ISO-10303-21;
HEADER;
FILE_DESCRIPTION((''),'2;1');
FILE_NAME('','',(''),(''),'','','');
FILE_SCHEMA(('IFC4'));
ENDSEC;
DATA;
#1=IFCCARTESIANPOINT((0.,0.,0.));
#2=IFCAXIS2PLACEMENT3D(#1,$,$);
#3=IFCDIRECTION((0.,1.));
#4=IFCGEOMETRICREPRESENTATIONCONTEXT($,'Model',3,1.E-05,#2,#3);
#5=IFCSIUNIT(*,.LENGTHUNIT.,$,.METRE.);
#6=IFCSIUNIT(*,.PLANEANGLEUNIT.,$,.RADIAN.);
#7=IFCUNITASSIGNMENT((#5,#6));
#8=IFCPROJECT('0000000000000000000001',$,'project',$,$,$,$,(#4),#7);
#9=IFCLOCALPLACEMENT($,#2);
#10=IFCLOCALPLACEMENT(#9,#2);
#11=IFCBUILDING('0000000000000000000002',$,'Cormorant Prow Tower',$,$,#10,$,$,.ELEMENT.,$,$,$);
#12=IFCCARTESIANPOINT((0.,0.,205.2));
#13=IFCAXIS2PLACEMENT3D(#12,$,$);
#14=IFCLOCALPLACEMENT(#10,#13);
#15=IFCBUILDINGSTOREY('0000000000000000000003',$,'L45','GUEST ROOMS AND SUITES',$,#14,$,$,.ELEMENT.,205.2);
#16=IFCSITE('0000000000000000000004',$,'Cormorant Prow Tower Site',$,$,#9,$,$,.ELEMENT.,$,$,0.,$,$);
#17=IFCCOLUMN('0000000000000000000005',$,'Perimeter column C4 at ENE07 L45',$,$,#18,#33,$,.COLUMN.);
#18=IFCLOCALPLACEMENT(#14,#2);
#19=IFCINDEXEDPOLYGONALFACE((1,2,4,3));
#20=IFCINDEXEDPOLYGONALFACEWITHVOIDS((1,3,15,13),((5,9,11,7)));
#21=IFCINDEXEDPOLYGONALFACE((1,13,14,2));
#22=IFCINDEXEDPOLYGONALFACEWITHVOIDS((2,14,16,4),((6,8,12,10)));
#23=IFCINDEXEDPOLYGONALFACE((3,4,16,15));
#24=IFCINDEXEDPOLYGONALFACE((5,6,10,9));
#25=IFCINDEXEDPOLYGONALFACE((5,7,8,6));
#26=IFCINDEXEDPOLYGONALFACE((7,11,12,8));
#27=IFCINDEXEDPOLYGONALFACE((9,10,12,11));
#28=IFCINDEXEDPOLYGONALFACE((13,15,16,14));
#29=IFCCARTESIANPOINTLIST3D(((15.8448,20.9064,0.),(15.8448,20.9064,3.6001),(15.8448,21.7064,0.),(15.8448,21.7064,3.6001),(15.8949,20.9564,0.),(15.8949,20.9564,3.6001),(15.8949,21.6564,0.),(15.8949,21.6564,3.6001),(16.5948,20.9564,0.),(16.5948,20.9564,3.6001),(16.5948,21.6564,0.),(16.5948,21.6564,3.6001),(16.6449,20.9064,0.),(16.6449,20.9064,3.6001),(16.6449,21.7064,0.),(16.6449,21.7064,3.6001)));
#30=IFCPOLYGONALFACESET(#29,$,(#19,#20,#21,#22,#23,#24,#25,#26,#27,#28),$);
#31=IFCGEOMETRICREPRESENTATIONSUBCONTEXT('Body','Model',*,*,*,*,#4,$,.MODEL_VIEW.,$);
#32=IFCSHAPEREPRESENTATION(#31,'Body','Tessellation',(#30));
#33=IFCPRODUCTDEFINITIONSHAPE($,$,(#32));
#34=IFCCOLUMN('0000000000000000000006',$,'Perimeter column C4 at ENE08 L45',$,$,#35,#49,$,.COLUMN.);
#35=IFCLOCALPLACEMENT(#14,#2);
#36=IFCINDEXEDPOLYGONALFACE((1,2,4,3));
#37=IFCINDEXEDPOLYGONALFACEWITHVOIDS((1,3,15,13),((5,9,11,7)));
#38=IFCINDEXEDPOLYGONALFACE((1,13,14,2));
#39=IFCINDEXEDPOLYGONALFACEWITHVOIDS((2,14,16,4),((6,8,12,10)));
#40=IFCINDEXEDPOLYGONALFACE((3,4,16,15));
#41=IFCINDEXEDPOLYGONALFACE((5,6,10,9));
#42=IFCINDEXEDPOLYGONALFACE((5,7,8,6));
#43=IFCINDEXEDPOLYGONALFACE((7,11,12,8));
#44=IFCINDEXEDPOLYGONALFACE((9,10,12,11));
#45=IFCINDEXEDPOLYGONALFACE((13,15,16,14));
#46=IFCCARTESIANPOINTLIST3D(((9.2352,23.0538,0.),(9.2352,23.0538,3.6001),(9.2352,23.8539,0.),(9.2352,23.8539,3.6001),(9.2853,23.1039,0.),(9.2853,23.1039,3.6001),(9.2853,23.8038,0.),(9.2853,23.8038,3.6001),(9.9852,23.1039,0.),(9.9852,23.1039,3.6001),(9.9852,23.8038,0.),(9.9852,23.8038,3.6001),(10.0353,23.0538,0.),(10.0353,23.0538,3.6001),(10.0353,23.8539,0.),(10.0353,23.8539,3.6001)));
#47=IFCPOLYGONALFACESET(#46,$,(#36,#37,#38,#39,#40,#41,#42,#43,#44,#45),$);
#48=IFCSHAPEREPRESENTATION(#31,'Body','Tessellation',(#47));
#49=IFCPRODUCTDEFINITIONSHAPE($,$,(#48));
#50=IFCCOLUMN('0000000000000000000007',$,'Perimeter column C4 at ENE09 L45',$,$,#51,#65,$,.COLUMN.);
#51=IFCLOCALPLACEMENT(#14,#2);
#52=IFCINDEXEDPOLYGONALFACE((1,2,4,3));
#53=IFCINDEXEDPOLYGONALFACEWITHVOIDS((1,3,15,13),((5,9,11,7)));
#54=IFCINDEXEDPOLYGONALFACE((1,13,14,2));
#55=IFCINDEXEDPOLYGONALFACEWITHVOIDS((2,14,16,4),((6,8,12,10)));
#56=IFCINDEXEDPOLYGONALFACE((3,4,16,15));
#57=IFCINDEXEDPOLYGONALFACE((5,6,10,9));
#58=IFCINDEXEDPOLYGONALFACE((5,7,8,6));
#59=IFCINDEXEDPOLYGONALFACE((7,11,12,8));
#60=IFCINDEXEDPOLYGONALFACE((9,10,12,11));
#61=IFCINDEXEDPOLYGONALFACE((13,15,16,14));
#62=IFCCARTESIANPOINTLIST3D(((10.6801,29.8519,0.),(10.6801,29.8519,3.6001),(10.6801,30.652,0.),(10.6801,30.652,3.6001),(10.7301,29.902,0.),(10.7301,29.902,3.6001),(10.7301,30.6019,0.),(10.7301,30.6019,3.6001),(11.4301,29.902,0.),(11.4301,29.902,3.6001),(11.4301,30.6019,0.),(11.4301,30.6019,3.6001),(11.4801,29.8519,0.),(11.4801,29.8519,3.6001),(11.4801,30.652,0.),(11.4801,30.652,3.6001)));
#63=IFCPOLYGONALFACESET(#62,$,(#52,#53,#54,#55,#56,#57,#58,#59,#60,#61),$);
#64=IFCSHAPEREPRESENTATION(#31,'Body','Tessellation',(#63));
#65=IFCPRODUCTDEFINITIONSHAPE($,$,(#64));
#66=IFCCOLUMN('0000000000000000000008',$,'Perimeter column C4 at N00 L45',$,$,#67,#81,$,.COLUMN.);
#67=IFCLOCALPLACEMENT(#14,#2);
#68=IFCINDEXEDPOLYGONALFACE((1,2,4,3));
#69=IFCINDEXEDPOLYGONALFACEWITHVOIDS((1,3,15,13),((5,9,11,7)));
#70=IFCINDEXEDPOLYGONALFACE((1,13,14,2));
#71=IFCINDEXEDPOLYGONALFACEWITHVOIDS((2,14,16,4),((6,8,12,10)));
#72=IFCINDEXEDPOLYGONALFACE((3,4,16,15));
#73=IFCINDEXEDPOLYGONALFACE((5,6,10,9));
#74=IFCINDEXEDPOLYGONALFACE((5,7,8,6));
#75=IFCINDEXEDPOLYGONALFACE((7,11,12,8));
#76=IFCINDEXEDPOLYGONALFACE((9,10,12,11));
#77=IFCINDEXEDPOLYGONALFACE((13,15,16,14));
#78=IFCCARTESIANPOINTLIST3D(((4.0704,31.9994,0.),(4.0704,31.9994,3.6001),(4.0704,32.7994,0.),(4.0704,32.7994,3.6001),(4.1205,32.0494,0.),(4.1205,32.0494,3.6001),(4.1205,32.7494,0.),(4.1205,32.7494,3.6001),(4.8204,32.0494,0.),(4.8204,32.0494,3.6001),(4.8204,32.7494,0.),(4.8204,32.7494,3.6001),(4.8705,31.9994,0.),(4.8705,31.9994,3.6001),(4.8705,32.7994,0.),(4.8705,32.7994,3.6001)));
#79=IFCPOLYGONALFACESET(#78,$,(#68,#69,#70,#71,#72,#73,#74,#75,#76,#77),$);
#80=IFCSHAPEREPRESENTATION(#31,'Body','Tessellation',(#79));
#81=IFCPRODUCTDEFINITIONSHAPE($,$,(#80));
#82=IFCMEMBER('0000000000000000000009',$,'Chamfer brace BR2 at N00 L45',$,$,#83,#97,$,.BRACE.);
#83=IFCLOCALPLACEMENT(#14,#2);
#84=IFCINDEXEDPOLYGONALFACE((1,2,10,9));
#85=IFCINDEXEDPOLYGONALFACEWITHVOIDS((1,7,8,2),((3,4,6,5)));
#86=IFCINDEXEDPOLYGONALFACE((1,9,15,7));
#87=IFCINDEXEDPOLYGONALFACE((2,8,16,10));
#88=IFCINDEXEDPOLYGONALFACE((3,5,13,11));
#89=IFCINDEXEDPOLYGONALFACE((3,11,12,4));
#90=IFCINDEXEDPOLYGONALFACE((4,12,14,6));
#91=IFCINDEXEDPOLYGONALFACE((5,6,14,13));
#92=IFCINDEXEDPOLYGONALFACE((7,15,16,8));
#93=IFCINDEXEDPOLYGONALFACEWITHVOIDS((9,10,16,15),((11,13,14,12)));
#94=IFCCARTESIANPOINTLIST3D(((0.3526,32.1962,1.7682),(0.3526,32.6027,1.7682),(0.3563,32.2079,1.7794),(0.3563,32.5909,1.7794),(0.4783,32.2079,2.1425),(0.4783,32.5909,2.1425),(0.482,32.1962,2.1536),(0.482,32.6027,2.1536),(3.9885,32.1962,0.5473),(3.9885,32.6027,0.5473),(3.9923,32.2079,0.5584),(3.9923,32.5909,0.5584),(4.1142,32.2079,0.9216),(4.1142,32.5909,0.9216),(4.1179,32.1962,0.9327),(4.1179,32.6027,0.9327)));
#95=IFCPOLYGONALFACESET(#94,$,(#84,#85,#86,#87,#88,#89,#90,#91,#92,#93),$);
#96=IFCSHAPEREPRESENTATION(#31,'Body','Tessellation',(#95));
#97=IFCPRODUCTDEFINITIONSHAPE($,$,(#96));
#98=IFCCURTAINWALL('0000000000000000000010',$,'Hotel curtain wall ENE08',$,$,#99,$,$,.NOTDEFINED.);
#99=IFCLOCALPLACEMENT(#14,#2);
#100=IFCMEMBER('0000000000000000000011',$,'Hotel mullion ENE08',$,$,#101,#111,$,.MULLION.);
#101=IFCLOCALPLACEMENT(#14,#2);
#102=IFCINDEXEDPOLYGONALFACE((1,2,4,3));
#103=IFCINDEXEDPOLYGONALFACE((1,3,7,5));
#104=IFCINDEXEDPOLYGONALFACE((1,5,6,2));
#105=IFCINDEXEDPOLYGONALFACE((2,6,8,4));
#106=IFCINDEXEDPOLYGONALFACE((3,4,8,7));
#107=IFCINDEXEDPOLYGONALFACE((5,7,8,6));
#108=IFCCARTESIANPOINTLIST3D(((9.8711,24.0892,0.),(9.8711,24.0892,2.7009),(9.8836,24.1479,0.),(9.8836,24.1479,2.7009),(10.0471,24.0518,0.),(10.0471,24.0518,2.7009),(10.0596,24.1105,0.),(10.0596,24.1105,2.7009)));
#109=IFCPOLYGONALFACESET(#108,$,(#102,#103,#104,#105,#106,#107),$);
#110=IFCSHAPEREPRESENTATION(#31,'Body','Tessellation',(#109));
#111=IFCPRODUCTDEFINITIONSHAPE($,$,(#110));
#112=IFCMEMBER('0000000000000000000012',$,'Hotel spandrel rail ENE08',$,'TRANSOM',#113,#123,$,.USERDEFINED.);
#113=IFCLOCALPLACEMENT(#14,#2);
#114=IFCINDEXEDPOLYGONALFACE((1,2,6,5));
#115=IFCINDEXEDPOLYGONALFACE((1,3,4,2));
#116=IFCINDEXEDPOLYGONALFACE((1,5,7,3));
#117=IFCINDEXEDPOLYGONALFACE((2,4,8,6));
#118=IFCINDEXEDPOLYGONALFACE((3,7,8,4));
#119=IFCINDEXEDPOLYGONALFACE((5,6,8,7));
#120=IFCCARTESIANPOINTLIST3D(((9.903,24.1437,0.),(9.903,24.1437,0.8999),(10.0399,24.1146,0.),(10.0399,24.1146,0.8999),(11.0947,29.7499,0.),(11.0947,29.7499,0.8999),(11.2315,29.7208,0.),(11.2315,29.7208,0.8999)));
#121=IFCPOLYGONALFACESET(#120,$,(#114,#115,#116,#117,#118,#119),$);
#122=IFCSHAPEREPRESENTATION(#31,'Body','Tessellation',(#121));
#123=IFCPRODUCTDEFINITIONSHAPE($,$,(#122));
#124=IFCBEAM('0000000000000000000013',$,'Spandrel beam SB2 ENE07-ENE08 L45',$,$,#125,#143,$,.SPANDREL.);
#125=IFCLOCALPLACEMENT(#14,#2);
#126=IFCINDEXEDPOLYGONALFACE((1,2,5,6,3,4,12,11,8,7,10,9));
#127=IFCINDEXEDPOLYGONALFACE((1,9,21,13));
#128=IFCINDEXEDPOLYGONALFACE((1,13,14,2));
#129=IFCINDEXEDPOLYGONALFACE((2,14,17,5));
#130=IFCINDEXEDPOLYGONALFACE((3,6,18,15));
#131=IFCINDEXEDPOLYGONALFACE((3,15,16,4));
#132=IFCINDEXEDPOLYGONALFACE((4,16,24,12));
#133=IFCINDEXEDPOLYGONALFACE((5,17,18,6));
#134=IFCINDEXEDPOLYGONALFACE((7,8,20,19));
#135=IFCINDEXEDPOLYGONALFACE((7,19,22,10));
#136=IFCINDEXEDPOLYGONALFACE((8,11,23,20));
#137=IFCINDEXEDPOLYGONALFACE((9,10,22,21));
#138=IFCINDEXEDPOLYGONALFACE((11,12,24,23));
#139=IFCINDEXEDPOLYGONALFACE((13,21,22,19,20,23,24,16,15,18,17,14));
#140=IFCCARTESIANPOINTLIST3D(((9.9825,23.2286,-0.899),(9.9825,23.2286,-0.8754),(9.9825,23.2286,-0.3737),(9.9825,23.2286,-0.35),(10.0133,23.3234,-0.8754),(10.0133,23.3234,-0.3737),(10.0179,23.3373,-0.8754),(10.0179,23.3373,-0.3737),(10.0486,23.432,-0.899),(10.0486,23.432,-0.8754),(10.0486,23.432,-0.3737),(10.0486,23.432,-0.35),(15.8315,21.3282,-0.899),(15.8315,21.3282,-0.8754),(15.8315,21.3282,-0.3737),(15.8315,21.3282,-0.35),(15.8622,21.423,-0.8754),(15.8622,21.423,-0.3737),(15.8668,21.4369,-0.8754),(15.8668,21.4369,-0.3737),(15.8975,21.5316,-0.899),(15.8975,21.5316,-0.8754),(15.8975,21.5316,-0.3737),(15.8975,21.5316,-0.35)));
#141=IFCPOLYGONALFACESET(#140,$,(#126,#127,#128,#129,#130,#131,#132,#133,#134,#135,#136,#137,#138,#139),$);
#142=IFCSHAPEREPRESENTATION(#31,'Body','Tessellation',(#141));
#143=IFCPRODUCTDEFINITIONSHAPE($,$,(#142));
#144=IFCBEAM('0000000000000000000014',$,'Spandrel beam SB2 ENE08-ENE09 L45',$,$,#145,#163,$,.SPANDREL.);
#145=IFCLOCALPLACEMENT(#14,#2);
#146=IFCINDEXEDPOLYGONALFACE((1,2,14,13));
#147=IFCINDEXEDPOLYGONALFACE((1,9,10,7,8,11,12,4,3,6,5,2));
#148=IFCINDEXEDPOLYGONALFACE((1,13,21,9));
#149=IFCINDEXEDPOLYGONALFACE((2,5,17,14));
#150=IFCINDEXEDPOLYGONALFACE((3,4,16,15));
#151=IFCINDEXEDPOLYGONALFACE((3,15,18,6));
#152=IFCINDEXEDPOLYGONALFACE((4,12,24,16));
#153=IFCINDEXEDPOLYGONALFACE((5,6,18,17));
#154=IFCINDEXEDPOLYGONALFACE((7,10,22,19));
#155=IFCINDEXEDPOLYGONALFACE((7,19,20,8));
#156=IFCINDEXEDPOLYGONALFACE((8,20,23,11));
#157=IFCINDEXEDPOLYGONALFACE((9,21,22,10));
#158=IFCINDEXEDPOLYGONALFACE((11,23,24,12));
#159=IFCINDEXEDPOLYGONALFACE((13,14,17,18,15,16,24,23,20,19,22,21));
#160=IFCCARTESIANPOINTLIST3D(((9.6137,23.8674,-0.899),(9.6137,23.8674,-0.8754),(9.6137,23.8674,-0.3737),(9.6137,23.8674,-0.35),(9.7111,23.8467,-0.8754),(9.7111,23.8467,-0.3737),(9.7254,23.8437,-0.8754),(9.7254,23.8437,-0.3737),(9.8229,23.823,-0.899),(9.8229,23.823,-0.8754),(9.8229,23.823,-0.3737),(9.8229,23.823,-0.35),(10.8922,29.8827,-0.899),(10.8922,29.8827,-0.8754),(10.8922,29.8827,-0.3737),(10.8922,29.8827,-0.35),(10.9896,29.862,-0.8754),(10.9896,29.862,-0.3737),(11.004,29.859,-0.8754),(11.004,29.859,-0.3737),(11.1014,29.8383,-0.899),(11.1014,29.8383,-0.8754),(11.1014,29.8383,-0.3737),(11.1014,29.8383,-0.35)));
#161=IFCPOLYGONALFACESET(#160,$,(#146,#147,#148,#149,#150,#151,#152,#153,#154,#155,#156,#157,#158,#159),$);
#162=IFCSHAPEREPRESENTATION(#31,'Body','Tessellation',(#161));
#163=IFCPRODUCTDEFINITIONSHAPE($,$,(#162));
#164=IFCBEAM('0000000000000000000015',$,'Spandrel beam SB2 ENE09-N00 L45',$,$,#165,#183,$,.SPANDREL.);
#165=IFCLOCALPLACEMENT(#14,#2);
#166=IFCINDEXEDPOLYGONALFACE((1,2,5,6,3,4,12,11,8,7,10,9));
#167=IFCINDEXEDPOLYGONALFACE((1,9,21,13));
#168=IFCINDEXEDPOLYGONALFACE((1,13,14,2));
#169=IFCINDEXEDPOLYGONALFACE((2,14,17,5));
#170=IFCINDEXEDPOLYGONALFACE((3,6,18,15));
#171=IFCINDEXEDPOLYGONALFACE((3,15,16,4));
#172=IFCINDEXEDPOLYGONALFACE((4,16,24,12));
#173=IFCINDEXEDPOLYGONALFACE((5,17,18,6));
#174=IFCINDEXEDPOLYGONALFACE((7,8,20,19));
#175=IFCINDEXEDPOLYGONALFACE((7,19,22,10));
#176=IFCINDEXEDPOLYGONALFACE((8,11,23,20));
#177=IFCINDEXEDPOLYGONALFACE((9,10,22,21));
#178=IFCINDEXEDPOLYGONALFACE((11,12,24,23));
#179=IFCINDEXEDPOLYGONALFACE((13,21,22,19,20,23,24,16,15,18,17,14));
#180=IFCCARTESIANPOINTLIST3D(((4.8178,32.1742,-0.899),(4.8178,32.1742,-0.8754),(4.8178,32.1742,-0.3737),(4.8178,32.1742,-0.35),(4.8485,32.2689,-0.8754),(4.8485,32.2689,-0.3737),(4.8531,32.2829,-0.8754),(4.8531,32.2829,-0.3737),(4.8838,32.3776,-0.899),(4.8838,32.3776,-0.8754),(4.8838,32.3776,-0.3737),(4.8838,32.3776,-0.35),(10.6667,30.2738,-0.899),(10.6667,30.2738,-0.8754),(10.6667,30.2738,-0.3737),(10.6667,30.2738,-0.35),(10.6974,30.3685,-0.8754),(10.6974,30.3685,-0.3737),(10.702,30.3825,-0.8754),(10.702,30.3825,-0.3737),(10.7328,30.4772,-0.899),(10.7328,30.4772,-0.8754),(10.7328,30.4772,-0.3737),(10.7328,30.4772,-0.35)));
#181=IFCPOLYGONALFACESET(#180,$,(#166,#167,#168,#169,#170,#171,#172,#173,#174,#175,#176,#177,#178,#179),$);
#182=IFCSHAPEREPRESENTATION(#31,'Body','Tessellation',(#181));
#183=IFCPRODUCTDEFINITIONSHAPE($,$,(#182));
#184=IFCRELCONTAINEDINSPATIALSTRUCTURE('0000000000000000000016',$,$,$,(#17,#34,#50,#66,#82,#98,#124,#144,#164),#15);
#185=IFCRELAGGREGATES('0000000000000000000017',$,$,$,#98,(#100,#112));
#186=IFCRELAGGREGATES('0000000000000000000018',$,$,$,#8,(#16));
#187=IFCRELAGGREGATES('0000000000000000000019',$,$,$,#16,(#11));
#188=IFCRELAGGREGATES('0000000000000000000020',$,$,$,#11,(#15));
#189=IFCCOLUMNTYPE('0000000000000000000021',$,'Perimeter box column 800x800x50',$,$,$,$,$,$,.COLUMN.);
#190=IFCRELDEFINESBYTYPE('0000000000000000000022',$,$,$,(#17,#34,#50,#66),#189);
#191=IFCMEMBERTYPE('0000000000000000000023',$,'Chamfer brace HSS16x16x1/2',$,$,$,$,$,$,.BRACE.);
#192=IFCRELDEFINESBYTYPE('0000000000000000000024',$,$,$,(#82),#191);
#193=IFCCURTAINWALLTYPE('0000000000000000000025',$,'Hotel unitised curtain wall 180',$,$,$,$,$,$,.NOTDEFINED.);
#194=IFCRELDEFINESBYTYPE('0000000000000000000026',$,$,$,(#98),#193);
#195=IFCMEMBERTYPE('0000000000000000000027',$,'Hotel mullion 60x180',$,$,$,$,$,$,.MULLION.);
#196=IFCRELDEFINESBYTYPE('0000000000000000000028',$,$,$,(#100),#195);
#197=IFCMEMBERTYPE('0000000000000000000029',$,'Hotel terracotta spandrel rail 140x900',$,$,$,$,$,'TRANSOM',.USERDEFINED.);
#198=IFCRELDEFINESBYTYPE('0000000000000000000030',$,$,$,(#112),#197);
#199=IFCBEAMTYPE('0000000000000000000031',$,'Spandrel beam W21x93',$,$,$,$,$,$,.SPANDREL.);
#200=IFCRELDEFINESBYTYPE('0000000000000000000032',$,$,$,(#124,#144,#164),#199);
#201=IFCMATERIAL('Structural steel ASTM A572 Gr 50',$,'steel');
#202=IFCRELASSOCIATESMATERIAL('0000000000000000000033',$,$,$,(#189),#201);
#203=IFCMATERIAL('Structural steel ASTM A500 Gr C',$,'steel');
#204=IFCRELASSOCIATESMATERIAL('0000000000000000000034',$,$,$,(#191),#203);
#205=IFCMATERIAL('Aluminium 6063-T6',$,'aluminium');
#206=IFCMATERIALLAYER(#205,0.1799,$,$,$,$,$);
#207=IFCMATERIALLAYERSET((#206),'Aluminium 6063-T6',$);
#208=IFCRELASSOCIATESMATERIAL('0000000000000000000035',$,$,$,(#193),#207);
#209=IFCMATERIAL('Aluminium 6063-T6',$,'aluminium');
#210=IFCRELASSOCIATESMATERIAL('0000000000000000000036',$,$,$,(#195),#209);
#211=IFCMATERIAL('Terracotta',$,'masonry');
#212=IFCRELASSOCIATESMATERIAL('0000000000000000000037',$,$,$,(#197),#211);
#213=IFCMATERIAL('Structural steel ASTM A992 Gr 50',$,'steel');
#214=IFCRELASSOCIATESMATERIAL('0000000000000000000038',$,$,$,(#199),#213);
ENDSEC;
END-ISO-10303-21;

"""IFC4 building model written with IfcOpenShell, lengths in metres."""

from ifc_helpers import new_model, si_unit, direction, frame, origin, origin_2d, place, context, subcontext, project, spatial, rectangle, hollow_rectangle, i_section, extrude, material, layer, layer_set, material_profile, profile_set, type_object, element, aggregate, save


model = new_model("IFC4")

# Units and contexts
model_context = context("Model", 3, precision=1e-05, world=origin(), true_north=direction((0.0, 1.0)))
body_context = subcontext(model_context, "Body", "Model", "MODEL_VIEW")
ifc_project = project(units=[si_unit("LENGTHUNIT", "METRE"), si_unit("PLANEANGLEUNIT", "RADIAN")], contexts=[model_context])

# Site, building, storey
site_placement = place(None, origin())
site = spatial("IfcSite", under=ifc_project, at=site_placement, Name="Cormorant Prow Tower Site", CompositionType="ELEMENT", RefElevation=0.0)
building_placement = place(site_placement, origin())
building = spatial("IfcBuilding", under=site, at=building_placement, Name="Cormorant Prow Tower", CompositionType="ELEMENT")
storey_placement = place(building_placement, frame((0.0, 0.0, 205.2)))
storey = spatial("IfcBuildingStorey", under=building, at=storey_placement, Name="L45", Description="GUEST ROOMS AND SUITES", CompositionType="ELEMENT", Elevation=205.2)

# Columns
ifc_material_1 = material(Name="Structural steel ASTM A572 Gr 50", Category="steel")
ifc_material_profile_1 = material_profile(ifc_material_1, hollow_rectangle(XDim=0.8, YDim=0.8, WallThickness=0.05, at=origin_2d()), Name="Box 800x800x50")
ifc_profile_set_1 = profile_set([ifc_material_profile_1], Name="Structural steel ASTM A572 Gr 50")
column_type = type_object("IfcColumnType", Name="Perimeter box column 800x800x50", PredefinedType="COLUMN", material=ifc_profile_set_1)
for number, where, z_axis, x_axis, name in (
    (1, (16.2449, 21.3064, 0.0), (0.0, 0.0, 1.0), (1.0, 0.0, 0.0), "Perimeter column C4 at ENE07 L45"),
    (2, (9.6353, 23.4539, 0.0), (0.0, 0.0, 1.0), (1.0, 0.0, 0.0), "Perimeter column C4 at ENE08 L45"),
    (3, (11.0801, 30.252, 0.0), (0.0, 0.0, 1.0), (1.0, 0.0, 0.0), "Perimeter column C4 at ENE09 L45"),
    (4, (4.4705, 32.3994, 0.0), (0.0, 0.0, 1.0), (1.0, 0.0, 0.0), "Perimeter column C4 at N00 L45"),
):
    element("IfcColumn", number, at=place(storey_placement, frame(where, z_axis=z_axis, x_axis=x_axis)), inside=storey, type_object=column_type, Name=name, PredefinedType="COLUMN", context=body_context, shape_type="SweptSolid", body=[
        extrude(hollow_rectangle(XDim=0.8, YDim=0.8, WallThickness=0.05, at=origin_2d()), origin(), (0.0, 0.0, 1.0), 3.6001),
    ])

# Member
ifc_material_2 = material(Name="Structural steel ASTM A500 Gr C", Category="steel")
ifc_material_profile_2 = material_profile(ifc_material_2, hollow_rectangle(XDim=0.4065, YDim=0.4065, WallThickness=0.0117, at=origin_2d()), Name="HSS16x16x1/2")
ifc_profile_set_2 = profile_set([ifc_material_profile_2], Name="Structural steel ASTM A500 Gr C")
member_type_1 = type_object("IfcMemberType", Name="Chamfer brace HSS16x16x1/2", PredefinedType="BRACE", material=ifc_profile_set_2)
member_1_placement = place(storey_placement, frame((4.0532, 32.3994, 0.74), z_axis=(-0.947981, 0.0, 0.318328), x_axis=(0.0, -1.0, 0.0)))
element("IfcMember", 5, at=member_1_placement, inside=storey, type_object=member_type_1, Name="Chamfer brace BR2 at N00 L45", PredefinedType="BRACE", context=body_context, shape_type="SweptSolid", body=[
    extrude(hollow_rectangle(XDim=0.4065, YDim=0.4065, WallThickness=0.0117, at=origin_2d()), origin(), (0.0, 0.0, 1.0), 3.8354),
])

# Curtain wall, members
ifc_material_3 = material(Name="Aluminium 6063-T6", Category="aluminium")
ifc_layer_1 = layer(ifc_material_3, 0.1799)
ifc_layer_set_1 = layer_set([ifc_layer_1], Name="Aluminium 6063-T6")
curtain_wall_type = type_object("IfcCurtainWallType", Name="Hotel unitised curtain wall 180", PredefinedType="NOTDEFINED", material=ifc_layer_set_1)
curtain_wall_1_placement = place(storey_placement, origin())
curtain_wall_1 = element("IfcCurtainWall", 6, at=curtain_wall_1_placement, inside=storey, type_object=curtain_wall_type, Name="Hotel curtain wall ENE08", PredefinedType="NOTDEFINED")
ifc_material_4 = material(Name="Aluminium 6063-T6", Category="aluminium")
ifc_material_profile_3 = material_profile(ifc_material_4, rectangle(XDim=0.1799, YDim=0.0601, at=origin_2d()), Name="Hotel mullion 60x180")
ifc_profile_set_3 = profile_set([ifc_material_profile_3], Name="Aluminium 6063-T6")
member_type_2 = type_object("IfcMemberType", Name="Hotel mullion 60x180", PredefinedType="MULLION", material=ifc_profile_set_3)
member_2_placement = place(storey_placement, frame((9.9653, 24.0999, 0.0), z_axis=(0.0, 0.0, 1.0), x_axis=(-0.978148, 0.207912, 0.0)))
member_2 = element("IfcMember", 7, at=member_2_placement, type_object=member_type_2, Name="Hotel mullion ENE08", PredefinedType="MULLION", context=body_context, shape_type="SweptSolid", body=[
    extrude(rectangle(XDim=0.1799, YDim=0.0601, at=origin_2d()), origin(), (0.0, 0.0, 1.0), 2.7009),
])
ifc_material_5 = material(Name="Terracotta", Category="masonry")
ifc_material_profile_4 = material_profile(ifc_material_5, rectangle(XDim=0.1399, YDim=0.8999, at=origin_2d()), Name="Hotel terracotta spandrel rail 140x900")
ifc_profile_set_4 = profile_set([ifc_material_profile_4], Name="Terracotta")
member_type_3 = type_object("IfcMemberType", Name="Hotel terracotta spandrel rail 140x900", ElementType="TRANSOM", PredefinedType="USERDEFINED", material=ifc_profile_set_4)
member_3_placement = place(storey_placement, frame((9.9714, 24.1292, 0.45), z_axis=(0.207914, 0.978147, 0.0), x_axis=(-0.978147, 0.207914, 0.0)))
member_3 = element("IfcMember", 8, at=member_3_placement, type_object=member_type_3, Name="Hotel spandrel rail ENE08", ObjectType="TRANSOM", PredefinedType="USERDEFINED", context=body_context, shape_type="SweptSolid", body=[
    extrude(rectangle(XDim=0.1399, YDim=0.8999, at=origin_2d()), origin(), (0.0, 0.0, 1.0), 5.7314),
])

# Beams
ifc_material_6 = material(Name="Structural steel ASTM A992 Gr 50", Category="steel")
ifc_material_profile_5 = material_profile(ifc_material_6, i_section(OverallWidth=0.2139, OverallDepth=0.5491, WebThickness=0.0146, FlangeThickness=0.0237, at=origin_2d()), Name="W21x93")
ifc_profile_set_5 = profile_set([ifc_material_profile_5], Name="Structural steel ASTM A992 Gr 50")
beam_type = type_object("IfcBeamType", Name="Spandrel beam W21x93", PredefinedType="SPANDREL", material=ifc_profile_set_5)
beam_1_placement = place(storey_placement, frame((15.8645, 21.4299, -0.6245), z_axis=(-0.951058, 0.309013, 0.0), x_axis=(-0.309013, -0.951058, 0.0)))
element("IfcBeam", 9, at=beam_1_placement, inside=storey, type_object=beam_type, Name="Spandrel beam SB2 ENE07-ENE08 L45", PredefinedType="SPANDREL", context=body_context, shape_type="SweptSolid", body=[
    extrude(i_section(OverallWidth=0.2139, OverallDepth=0.5491, WebThickness=0.0146, FlangeThickness=0.0237, at=origin_2d()), origin(), (0.0, 0.0, 1.0), 6.1499),
])
beam_2_placement = place(storey_placement, frame((9.7183, 23.8452, -0.6245), z_axis=(0.207905, 0.978149, 0.0), x_axis=(-0.978149, 0.207905, 0.0)))
element("IfcBeam", 10, at=beam_2_placement, inside=storey, type_object=beam_type, Name="Spandrel beam SB2 ENE08-ENE09 L45", PredefinedType="SPANDREL", context=body_context, shape_type="SweptSolid", body=[
    extrude(i_section(OverallWidth=0.2139, OverallDepth=0.5491, WebThickness=0.0146, FlangeThickness=0.0237, at=origin_2d()), origin(), (0.0, 0.0, 1.0), 6.1497),
])
beam_3_placement = place(storey_placement, frame((10.6997, 30.3755, -0.6245), z_axis=(-0.951058, 0.309013, 0.0), x_axis=(-0.309013, -0.951058, 0.0)))
element("IfcBeam", 11, at=beam_3_placement, inside=storey, type_object=beam_type, Name="Spandrel beam SB2 ENE09-N00 L45", PredefinedType="SPANDREL", context=body_context, shape_type="SweptSolid", body=[
    extrude(i_section(OverallWidth=0.2139, OverallDepth=0.5491, WebThickness=0.0146, FlangeThickness=0.0237, at=origin_2d()), origin(), (0.0, 0.0, 1.0), 6.1499),
])

aggregate(curtain_wall_1, [member_2, member_3])

save(model, "model.ifc")
